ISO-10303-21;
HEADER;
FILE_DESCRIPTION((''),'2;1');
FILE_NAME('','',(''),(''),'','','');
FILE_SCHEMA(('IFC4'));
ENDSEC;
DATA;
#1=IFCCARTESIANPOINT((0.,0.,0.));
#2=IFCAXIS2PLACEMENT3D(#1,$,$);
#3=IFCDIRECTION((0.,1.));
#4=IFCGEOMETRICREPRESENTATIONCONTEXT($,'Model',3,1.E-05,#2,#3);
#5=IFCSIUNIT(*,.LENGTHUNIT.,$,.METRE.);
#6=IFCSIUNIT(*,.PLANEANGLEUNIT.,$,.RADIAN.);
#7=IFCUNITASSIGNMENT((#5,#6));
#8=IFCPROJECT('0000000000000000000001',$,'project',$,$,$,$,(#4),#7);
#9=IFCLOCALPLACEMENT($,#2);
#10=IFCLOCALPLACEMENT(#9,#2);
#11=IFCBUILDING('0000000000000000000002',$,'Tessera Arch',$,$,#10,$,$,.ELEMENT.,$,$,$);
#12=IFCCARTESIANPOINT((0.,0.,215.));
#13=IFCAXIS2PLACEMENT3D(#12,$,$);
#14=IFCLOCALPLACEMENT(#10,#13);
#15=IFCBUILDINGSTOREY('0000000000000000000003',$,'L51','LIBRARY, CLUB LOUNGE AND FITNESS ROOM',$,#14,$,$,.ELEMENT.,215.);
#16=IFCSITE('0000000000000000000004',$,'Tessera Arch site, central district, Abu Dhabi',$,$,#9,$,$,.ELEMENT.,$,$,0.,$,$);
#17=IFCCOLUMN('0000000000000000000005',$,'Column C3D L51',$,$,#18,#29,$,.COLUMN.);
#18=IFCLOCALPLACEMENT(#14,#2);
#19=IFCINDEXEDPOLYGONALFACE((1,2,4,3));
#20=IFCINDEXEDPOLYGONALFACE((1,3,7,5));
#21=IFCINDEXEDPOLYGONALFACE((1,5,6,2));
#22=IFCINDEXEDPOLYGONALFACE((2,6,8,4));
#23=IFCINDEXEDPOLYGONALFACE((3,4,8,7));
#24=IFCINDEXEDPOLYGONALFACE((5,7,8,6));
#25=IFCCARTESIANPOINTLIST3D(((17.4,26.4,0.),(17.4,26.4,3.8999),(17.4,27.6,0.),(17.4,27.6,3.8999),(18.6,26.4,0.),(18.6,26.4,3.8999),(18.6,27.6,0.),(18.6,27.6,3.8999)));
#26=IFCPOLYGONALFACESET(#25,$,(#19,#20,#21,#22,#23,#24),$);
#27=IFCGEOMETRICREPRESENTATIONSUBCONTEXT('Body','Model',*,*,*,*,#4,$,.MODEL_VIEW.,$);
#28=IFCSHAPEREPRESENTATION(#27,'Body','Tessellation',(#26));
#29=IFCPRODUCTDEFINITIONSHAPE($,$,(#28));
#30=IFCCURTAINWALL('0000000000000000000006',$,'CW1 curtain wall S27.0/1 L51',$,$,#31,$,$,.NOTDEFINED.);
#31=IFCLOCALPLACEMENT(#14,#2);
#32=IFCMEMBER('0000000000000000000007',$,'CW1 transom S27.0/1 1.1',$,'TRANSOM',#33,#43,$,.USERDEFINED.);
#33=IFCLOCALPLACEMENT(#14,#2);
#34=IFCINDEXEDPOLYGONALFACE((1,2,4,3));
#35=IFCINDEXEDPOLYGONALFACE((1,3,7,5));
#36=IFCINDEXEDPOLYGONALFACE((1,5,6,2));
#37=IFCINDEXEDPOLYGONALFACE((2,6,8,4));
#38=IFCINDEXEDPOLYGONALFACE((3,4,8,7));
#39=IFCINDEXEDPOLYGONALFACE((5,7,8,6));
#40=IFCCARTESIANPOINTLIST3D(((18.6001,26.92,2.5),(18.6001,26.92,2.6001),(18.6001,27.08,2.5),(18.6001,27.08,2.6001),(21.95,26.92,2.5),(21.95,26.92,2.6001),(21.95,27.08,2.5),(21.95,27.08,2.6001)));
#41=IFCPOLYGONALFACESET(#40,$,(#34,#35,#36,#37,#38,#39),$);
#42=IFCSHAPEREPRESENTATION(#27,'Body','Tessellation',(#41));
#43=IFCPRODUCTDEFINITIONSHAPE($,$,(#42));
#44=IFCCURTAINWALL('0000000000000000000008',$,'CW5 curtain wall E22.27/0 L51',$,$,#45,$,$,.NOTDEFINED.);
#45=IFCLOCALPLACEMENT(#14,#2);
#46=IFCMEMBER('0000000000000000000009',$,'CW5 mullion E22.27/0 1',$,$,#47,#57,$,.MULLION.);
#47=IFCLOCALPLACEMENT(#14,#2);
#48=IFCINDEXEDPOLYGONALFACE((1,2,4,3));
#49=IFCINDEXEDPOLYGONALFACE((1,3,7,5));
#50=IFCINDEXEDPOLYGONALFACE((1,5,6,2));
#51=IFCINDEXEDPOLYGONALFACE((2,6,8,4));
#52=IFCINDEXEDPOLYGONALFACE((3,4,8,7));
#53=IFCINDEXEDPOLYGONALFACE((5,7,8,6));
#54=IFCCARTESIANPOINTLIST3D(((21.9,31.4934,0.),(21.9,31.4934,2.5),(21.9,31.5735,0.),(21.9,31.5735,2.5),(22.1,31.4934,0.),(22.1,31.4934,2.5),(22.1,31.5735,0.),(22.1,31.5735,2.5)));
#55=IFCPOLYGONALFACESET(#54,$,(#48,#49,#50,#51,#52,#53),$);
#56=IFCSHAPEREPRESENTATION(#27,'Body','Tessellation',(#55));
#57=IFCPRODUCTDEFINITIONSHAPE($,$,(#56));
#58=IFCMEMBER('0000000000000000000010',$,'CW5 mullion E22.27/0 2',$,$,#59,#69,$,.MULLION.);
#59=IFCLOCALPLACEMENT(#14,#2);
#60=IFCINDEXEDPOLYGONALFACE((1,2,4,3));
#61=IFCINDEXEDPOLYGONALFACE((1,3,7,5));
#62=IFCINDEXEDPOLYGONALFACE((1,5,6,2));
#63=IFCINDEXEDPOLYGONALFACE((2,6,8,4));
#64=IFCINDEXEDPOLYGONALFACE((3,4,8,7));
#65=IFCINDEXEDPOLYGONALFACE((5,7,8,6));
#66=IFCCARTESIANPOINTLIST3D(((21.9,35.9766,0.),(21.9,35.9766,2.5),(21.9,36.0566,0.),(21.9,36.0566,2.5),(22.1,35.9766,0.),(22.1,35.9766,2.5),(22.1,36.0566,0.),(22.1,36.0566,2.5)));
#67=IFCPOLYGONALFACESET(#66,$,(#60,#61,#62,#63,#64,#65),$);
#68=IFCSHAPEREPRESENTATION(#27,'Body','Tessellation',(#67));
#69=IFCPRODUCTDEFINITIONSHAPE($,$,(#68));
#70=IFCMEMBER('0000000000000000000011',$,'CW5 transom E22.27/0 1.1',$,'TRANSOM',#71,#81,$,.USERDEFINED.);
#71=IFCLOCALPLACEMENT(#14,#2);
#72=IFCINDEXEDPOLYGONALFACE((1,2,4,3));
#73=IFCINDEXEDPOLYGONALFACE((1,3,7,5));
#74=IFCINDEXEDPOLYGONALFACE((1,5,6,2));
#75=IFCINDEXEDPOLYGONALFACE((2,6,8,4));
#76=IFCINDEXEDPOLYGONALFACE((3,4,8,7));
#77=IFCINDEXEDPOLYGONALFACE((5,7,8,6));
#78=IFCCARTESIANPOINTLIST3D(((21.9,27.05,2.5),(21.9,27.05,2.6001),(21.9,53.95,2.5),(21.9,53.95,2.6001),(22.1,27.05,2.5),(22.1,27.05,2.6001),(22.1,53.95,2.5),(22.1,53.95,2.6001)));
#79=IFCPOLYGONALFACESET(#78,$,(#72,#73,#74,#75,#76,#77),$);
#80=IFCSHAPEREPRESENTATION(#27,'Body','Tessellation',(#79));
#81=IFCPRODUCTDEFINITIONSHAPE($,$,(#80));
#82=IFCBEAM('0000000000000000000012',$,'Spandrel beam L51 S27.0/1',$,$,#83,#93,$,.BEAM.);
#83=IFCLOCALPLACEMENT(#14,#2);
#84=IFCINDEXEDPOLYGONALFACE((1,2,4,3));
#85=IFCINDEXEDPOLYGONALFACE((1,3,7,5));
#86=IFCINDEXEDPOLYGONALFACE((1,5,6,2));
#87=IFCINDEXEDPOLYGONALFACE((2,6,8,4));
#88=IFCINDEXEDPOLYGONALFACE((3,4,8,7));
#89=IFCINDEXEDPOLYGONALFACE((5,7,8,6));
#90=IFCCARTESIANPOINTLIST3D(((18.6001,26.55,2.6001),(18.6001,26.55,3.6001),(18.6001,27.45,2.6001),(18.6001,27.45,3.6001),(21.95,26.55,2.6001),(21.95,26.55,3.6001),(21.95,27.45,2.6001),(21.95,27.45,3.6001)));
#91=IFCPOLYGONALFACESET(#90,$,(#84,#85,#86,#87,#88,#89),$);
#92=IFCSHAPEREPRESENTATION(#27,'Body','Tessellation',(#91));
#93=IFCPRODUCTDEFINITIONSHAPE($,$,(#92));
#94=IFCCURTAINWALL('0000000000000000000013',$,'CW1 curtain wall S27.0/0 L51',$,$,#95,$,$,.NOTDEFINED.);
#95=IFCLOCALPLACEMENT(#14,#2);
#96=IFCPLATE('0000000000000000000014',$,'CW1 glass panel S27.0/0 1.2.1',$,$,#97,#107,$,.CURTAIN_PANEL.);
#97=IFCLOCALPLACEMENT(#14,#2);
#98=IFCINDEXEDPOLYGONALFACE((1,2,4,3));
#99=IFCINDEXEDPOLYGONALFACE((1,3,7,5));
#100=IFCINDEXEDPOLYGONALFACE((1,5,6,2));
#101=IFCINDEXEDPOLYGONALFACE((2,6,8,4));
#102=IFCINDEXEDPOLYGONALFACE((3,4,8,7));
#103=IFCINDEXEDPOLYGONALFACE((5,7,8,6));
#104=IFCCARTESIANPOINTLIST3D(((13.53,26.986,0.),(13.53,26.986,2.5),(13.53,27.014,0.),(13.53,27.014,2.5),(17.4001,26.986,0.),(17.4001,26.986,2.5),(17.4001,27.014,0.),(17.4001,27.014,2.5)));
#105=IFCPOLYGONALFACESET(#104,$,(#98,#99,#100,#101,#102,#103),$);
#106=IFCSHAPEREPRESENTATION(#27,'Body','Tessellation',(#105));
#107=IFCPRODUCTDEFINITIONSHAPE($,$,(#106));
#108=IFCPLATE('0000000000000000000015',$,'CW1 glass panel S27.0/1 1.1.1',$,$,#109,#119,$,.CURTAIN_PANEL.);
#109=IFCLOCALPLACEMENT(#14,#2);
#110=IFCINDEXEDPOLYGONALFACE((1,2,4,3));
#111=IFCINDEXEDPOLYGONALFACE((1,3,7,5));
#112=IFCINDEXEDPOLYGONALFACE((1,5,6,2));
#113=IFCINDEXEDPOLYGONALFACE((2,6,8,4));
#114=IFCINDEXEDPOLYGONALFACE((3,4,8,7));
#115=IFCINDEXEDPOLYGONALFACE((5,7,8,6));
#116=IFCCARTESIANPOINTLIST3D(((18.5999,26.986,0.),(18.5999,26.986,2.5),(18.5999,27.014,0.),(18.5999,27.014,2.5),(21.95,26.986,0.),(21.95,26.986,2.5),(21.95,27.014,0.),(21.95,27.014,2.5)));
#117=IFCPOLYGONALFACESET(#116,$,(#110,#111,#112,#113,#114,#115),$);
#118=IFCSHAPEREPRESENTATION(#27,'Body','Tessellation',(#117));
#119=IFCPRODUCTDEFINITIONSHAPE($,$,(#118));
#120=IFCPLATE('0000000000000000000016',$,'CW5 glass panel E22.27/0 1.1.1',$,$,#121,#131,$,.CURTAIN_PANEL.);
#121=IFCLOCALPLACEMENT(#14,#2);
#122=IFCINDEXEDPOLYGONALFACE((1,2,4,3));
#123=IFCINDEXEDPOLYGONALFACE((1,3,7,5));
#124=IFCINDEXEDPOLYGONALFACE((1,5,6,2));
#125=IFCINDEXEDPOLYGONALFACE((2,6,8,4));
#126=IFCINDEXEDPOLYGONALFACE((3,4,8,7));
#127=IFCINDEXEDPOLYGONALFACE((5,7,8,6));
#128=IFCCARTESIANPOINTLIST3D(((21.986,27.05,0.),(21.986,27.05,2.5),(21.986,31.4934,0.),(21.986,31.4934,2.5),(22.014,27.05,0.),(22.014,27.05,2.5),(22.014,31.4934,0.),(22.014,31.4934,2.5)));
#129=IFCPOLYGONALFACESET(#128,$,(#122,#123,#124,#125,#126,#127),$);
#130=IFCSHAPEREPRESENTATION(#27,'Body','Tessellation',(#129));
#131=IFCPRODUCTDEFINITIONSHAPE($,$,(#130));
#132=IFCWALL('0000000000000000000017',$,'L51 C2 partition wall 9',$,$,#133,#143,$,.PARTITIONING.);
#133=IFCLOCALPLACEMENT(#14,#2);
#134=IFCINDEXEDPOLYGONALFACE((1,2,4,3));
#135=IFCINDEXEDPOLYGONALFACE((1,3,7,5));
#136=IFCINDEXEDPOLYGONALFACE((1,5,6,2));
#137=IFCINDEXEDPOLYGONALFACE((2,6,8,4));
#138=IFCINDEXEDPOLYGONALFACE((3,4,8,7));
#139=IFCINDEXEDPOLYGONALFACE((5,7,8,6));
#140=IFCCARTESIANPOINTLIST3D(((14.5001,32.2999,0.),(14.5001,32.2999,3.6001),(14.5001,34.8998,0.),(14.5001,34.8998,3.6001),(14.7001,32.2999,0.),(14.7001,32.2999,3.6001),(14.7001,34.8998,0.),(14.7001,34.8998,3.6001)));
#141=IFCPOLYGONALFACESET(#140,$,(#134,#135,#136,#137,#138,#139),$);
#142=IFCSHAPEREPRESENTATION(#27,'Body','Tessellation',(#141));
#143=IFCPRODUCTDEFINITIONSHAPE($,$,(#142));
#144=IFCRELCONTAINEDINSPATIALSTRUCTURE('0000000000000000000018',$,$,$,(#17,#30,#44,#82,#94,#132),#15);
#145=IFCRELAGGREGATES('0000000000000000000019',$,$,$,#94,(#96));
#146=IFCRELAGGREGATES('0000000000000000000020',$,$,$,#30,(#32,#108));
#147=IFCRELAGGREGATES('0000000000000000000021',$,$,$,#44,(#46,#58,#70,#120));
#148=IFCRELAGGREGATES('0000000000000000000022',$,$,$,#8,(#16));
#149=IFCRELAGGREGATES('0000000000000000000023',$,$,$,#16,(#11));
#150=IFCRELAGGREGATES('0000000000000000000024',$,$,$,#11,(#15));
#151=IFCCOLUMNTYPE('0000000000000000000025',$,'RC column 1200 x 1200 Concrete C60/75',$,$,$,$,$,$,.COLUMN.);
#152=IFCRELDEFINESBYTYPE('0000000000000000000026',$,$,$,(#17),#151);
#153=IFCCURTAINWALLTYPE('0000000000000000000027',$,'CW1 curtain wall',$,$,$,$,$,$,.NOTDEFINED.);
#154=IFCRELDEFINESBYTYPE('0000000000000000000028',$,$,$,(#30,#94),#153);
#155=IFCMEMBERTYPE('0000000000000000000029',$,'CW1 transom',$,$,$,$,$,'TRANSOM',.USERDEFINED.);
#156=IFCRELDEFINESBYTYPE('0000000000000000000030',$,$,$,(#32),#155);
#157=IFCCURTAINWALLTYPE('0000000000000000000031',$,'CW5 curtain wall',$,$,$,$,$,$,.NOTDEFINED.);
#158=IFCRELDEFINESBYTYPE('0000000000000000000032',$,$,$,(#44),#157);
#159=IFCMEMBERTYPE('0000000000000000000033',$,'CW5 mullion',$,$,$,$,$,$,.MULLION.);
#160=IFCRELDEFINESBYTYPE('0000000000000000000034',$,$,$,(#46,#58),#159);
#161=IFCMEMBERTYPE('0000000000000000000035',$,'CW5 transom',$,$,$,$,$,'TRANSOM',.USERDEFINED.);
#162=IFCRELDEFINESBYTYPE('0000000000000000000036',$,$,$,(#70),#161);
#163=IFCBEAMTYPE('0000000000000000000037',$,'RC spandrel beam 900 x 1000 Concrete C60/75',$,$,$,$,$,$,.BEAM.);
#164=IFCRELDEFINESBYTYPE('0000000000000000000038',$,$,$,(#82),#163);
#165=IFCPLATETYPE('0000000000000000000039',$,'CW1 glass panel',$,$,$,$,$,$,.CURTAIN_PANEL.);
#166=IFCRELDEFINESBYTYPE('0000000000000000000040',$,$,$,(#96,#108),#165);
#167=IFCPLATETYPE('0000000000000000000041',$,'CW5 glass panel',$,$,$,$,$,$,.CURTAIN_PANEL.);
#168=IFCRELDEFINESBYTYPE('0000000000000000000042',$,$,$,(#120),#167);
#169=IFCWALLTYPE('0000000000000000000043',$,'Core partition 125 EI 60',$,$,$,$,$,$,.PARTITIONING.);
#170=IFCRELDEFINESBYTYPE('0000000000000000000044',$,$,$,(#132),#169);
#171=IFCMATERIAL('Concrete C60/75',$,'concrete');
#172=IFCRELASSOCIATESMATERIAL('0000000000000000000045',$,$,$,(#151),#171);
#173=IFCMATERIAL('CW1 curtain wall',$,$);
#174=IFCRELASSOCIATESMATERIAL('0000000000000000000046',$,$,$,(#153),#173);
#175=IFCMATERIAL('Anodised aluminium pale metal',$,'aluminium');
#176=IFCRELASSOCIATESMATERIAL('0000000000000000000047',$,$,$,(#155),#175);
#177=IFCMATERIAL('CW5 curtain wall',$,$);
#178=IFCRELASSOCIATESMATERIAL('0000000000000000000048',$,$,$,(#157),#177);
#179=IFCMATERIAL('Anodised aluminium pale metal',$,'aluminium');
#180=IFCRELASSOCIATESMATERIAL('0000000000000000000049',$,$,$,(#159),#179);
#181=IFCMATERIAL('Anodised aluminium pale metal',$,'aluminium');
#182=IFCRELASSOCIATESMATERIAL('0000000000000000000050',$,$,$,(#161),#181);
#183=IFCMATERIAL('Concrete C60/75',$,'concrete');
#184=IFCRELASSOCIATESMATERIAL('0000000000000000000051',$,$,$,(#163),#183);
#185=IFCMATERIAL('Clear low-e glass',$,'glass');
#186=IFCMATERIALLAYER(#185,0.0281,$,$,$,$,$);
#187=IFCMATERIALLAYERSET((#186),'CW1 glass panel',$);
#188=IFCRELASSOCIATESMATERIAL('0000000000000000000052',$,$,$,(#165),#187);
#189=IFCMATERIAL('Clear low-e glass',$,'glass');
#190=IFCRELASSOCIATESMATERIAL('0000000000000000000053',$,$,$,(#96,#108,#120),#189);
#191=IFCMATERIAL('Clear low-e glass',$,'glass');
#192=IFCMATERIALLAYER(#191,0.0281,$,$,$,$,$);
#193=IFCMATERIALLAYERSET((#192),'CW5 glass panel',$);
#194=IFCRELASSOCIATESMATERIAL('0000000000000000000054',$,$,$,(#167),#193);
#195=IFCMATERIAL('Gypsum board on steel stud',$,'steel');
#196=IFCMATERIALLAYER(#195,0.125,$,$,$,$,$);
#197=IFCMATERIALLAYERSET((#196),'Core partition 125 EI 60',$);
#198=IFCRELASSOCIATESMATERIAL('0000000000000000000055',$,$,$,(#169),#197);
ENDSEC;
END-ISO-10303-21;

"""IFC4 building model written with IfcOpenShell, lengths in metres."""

from ifc_helpers import new_model, si_unit, direction, frame, frame_2d, origin, origin_2d, place, context, subcontext, project, spatial, rectangle, extrude, material, layer, layer_set, material_profile, profile_set, type_object, element, aggregate, save


model = new_model("IFC4")

# Units and contexts
model_context = context("Model", 3, precision=1e-05, world=origin(), true_north=direction((0.0, 1.0)))
body_context = subcontext(model_context, "Body", "Model", "MODEL_VIEW")
ifc_project = project(units=[si_unit("LENGTHUNIT", "METRE"), si_unit("PLANEANGLEUNIT", "RADIAN")], contexts=[model_context])

# Site, building, storey
site_placement = place(None, origin())
site = spatial("IfcSite", under=ifc_project, at=site_placement, Name="Tessera Arch site, central district, Abu Dhabi", CompositionType="ELEMENT", RefElevation=0.0)
building_placement = place(site_placement, origin())
building = spatial("IfcBuilding", under=site, at=building_placement, Name="Tessera Arch", CompositionType="ELEMENT")
storey_placement = place(building_placement, frame((0.0, 0.0, 215.0)))
storey = spatial("IfcBuildingStorey", under=building, at=storey_placement, Name="L51", Description="LIBRARY, CLUB LOUNGE AND FITNESS ROOM", CompositionType="ELEMENT", Elevation=215.0)

# Column
ifc_material_1 = material(Name="Concrete C60/75", Category="concrete")
ifc_material_profile_1 = material_profile(ifc_material_1, rectangle(XDim=1.2, YDim=1.2, at=origin_2d()), Name="RC column 1200 x 1200 Concrete C60/75")
ifc_profile_set_1 = profile_set([ifc_material_profile_1], Name="Concrete C60/75")
column_type = type_object("IfcColumnType", Name="RC column 1200 x 1200 Concrete C60/75", PredefinedType="COLUMN", material=ifc_profile_set_1)
column_placement = place(storey_placement, frame((18.0, 27.0, 0.0), z_axis=(0.0, 0.0, 1.0), x_axis=(1.0, 0.0, 0.0)))
element("IfcColumn", 1, at=column_placement, inside=storey, type_object=column_type, Name="Column C3D L51", PredefinedType="COLUMN", context=body_context, shape_type="SweptSolid", body=[
    extrude(rectangle(XDim=1.2, YDim=1.2, at=origin_2d()), origin(), (0.0, 0.0, 1.0), 3.8999),
])

# Curtain wall, member
ifc_material_2 = material(Name="CW1 curtain wall")
curtain_wall_type_1 = type_object("IfcCurtainWallType", Name="CW1 curtain wall", PredefinedType="NOTDEFINED", material=ifc_material_2)
curtain_wall_1_placement = place(storey_placement, origin())
curtain_wall_1 = element("IfcCurtainWall", 2, at=curtain_wall_1_placement, inside=storey, type_object=curtain_wall_type_1, Name="CW1 curtain wall S27.0/1 L51", PredefinedType="NOTDEFINED")
ifc_material_3 = material(Name="Anodised aluminium pale metal", Category="aluminium")
ifc_material_profile_2 = material_profile(ifc_material_3, rectangle(XDim=0.1599, YDim=0.1001, at=origin_2d()), Name="AL 160x100")
ifc_profile_set_2 = profile_set([ifc_material_profile_2], Name="Anodised aluminium pale metal")
member_type_1 = type_object("IfcMemberType", Name="CW1 transom", ElementType="TRANSOM", PredefinedType="USERDEFINED", material=ifc_profile_set_2)
member_1_placement = place(storey_placement, frame((18.6001, 27.0, 2.55), z_axis=(1.0, 0.0, 0.0), x_axis=(0.0, 1.0, 0.0)))
member_1 = element("IfcMember", 3, at=member_1_placement, type_object=member_type_1, Name="CW1 transom S27.0/1 1.1", ObjectType="TRANSOM", PredefinedType="USERDEFINED", context=body_context, shape_type="SweptSolid", body=[
    extrude(rectangle(XDim=0.1599, YDim=0.1001, at=origin_2d()), origin(), (0.0, 0.0, 1.0), 3.3499),
])

# Curtain wall, members
ifc_material_4 = material(Name="CW5 curtain wall")
curtain_wall_type_2 = type_object("IfcCurtainWallType", Name="CW5 curtain wall", PredefinedType="NOTDEFINED", material=ifc_material_4)
curtain_wall_2_placement = place(storey_placement, origin())
curtain_wall_2 = element("IfcCurtainWall", 4, at=curtain_wall_2_placement, inside=storey, type_object=curtain_wall_type_2, Name="CW5 curtain wall E22.27/0 L51", PredefinedType="NOTDEFINED")
ifc_material_5 = material(Name="Anodised aluminium pale metal", Category="aluminium")
ifc_material_profile_3 = material_profile(ifc_material_5, rectangle(XDim=0.2, YDim=0.0801, at=origin_2d()), Name="AL 80x200")
ifc_profile_set_3 = profile_set([ifc_material_profile_3], Name="Anodised aluminium pale metal")
member_type_2 = type_object("IfcMemberType", Name="CW5 mullion", PredefinedType="MULLION", material=ifc_profile_set_3)
member_2_placement = place(storey_placement, frame((22.0, 31.5334, 0.0), z_axis=(0.0, 0.0, 1.0), x_axis=(-1.0, 0.0, 0.0)))
member_2 = element("IfcMember", 5, at=member_2_placement, type_object=member_type_2, Name="CW5 mullion E22.27/0 1", PredefinedType="MULLION", context=body_context, shape_type="SweptSolid", body=[
    extrude(rectangle(XDim=0.2, YDim=0.0801, at=origin_2d()), origin(), (0.0, 0.0, 1.0), 2.5),
])
member_3_placement = place(storey_placement, frame((22.0, 36.0166, 0.0), z_axis=(0.0, 0.0, 1.0), x_axis=(-1.0, 0.0, 0.0)))
member_3 = element("IfcMember", 6, at=member_3_placement, type_object=member_type_2, Name="CW5 mullion E22.27/0 2", PredefinedType="MULLION", context=body_context, shape_type="SweptSolid", body=[
    extrude(rectangle(XDim=0.2, YDim=0.0801, at=origin_2d()), origin(), (0.0, 0.0, 1.0), 2.5),
])
ifc_material_6 = material(Name="Anodised aluminium pale metal", Category="aluminium")
ifc_material_profile_4 = material_profile(ifc_material_6, rectangle(XDim=0.2, YDim=0.1001, at=origin_2d()), Name="AL 200x100")
ifc_profile_set_4 = profile_set([ifc_material_profile_4], Name="Anodised aluminium pale metal")
member_type_3 = type_object("IfcMemberType", Name="CW5 transom", ElementType="TRANSOM", PredefinedType="USERDEFINED", material=ifc_profile_set_4)
member_4_placement = place(storey_placement, frame((22.0, 27.05, 2.55), z_axis=(0.0, 1.0, 0.0), x_axis=(-1.0, 0.0, 0.0)))
member_4 = element("IfcMember", 7, at=member_4_placement, type_object=member_type_3, Name="CW5 transom E22.27/0 1.1", ObjectType="TRANSOM", PredefinedType="USERDEFINED", context=body_context, shape_type="SweptSolid", body=[
    extrude(rectangle(XDim=0.2, YDim=0.1001, at=origin_2d()), origin(), (0.0, 0.0, 1.0), 26.8999),
])

# Beam
ifc_material_7 = material(Name="Concrete C60/75", Category="concrete")
ifc_material_profile_5 = material_profile(ifc_material_7, rectangle(XDim=0.8999, YDim=1.0, at=origin_2d()), Name="RC spandrel beam 900 x 1000 Concrete C60/75")
ifc_profile_set_5 = profile_set([ifc_material_profile_5], Name="Concrete C60/75")
beam_type = type_object("IfcBeamType", Name="RC spandrel beam 900 x 1000 Concrete C60/75", PredefinedType="BEAM", material=ifc_profile_set_5)
beam_placement = place(storey_placement, frame((18.6001, 27.0, 3.1001), z_axis=(1.0, 0.0, 0.0), x_axis=(0.0, 1.0, 0.0)))
element("IfcBeam", 8, at=beam_placement, inside=storey, type_object=beam_type, Name="Spandrel beam L51 S27.0/1", PredefinedType="BEAM", context=body_context, shape_type="SweptSolid", body=[
    extrude(rectangle(XDim=0.8999, YDim=1.0, at=origin_2d()), origin(), (0.0, 0.0, 1.0), 3.3499),
])

# Curtain wall, plate
curtain_wall_3_placement = place(storey_placement, origin())
curtain_wall_3 = element("IfcCurtainWall", 9, at=curtain_wall_3_placement, inside=storey, type_object=curtain_wall_type_1, Name="CW1 curtain wall S27.0/0 L51", PredefinedType="NOTDEFINED")
ifc_material_8 = material(Name="Clear low-e glass", Category="glass")
ifc_material_9 = material(Name="Clear low-e glass", Category="glass")
ifc_layer_1 = layer(ifc_material_9, 0.0281)
ifc_layer_set_1 = layer_set([ifc_layer_1], Name="CW1 glass panel")
plate_type_1 = type_object("IfcPlateType", Name="CW1 glass panel", PredefinedType="CURTAIN_PANEL", material=ifc_layer_set_1)
plate_1_placement = place(storey_placement, frame((15.4651, 27.0, 0.0), z_axis=(0.0, 0.0, 1.0), x_axis=(1.0, 0.0, 0.0)))
plate_1 = element("IfcPlate", 10, at=plate_1_placement, type_object=plate_type_1, material=ifc_material_8, Name="CW1 glass panel S27.0/0 1.2.1", PredefinedType="CURTAIN_PANEL", context=body_context, shape_type="SweptSolid", body=[
    extrude(rectangle(XDim=3.8701, YDim=0.0281, at=origin_2d()), origin(), (0.0, 0.0, 1.0), 2.5),
])
aggregate(curtain_wall_3, [plate_1])

# Plates
plate_2_placement = place(storey_placement, frame((20.2749, 27.0, 0.0), z_axis=(0.0, 0.0, 1.0), x_axis=(1.0, 0.0, 0.0)))
plate_2 = element("IfcPlate", 11, at=plate_2_placement, type_object=plate_type_1, material=ifc_material_8, Name="CW1 glass panel S27.0/1 1.1.1", PredefinedType="CURTAIN_PANEL", context=body_context, shape_type="SweptSolid", body=[
    extrude(rectangle(XDim=3.3501, YDim=0.0281, at=origin_2d()), origin(), (0.0, 0.0, 1.0), 2.5),
])
aggregate(curtain_wall_1, [member_1, plate_2])
ifc_material_10 = material(Name="Clear low-e glass", Category="glass")
ifc_layer_2 = layer(ifc_material_10, 0.0281)
ifc_layer_set_2 = layer_set([ifc_layer_2], Name="CW5 glass panel")
plate_type_2 = type_object("IfcPlateType", Name="CW5 glass panel", PredefinedType="CURTAIN_PANEL", material=ifc_layer_set_2)
plate_3_placement = place(storey_placement, frame((22.0, 29.2717, 0.0), z_axis=(0.0, 0.0, 1.0), x_axis=(0.0, 1.0, 0.0)))
plate_3 = element("IfcPlate", 12, at=plate_3_placement, type_object=plate_type_2, material=ifc_material_8, Name="CW5 glass panel E22.27/0 1.1.1", PredefinedType="CURTAIN_PANEL", context=body_context, shape_type="SweptSolid", body=[
    extrude(rectangle(XDim=4.4434, YDim=0.0281, at=origin_2d()), origin(), (0.0, 0.0, 1.0), 2.5),
])
aggregate(curtain_wall_2, [member_2, member_3, member_4, plate_3])

# Wall
ifc_material_11 = material(Name="Gypsum board on steel stud", Category="steel")
ifc_layer_3 = layer(ifc_material_11, 0.125)
ifc_layer_set_3 = layer_set([ifc_layer_3], Name="Core partition 125 EI 60")
wall_type_1 = type_object("IfcWallType", Name="Core partition 125 EI 60", PredefinedType="PARTITIONING", material=ifc_layer_set_3)
wall_1_placement = place(storey_placement, frame((14.6001, 32.3, 0.0), z_axis=(0.0, 0.0, 1.0), x_axis=(0.0, 1.0, 0.0)))
element("IfcWall", 13, at=wall_1_placement, inside=storey, type_object=wall_type_1, Name="L51 C2 partition wall 9", PredefinedType="PARTITIONING", context=body_context, shape_type="SweptSolid", body=[
    extrude(rectangle(XDim=2.5999, YDim=0.2, at=frame_2d((1.2998, 0.0))), origin(), (0.0, 0.0, 1.0), 3.6001),
])

save(model, "model.ifc")
